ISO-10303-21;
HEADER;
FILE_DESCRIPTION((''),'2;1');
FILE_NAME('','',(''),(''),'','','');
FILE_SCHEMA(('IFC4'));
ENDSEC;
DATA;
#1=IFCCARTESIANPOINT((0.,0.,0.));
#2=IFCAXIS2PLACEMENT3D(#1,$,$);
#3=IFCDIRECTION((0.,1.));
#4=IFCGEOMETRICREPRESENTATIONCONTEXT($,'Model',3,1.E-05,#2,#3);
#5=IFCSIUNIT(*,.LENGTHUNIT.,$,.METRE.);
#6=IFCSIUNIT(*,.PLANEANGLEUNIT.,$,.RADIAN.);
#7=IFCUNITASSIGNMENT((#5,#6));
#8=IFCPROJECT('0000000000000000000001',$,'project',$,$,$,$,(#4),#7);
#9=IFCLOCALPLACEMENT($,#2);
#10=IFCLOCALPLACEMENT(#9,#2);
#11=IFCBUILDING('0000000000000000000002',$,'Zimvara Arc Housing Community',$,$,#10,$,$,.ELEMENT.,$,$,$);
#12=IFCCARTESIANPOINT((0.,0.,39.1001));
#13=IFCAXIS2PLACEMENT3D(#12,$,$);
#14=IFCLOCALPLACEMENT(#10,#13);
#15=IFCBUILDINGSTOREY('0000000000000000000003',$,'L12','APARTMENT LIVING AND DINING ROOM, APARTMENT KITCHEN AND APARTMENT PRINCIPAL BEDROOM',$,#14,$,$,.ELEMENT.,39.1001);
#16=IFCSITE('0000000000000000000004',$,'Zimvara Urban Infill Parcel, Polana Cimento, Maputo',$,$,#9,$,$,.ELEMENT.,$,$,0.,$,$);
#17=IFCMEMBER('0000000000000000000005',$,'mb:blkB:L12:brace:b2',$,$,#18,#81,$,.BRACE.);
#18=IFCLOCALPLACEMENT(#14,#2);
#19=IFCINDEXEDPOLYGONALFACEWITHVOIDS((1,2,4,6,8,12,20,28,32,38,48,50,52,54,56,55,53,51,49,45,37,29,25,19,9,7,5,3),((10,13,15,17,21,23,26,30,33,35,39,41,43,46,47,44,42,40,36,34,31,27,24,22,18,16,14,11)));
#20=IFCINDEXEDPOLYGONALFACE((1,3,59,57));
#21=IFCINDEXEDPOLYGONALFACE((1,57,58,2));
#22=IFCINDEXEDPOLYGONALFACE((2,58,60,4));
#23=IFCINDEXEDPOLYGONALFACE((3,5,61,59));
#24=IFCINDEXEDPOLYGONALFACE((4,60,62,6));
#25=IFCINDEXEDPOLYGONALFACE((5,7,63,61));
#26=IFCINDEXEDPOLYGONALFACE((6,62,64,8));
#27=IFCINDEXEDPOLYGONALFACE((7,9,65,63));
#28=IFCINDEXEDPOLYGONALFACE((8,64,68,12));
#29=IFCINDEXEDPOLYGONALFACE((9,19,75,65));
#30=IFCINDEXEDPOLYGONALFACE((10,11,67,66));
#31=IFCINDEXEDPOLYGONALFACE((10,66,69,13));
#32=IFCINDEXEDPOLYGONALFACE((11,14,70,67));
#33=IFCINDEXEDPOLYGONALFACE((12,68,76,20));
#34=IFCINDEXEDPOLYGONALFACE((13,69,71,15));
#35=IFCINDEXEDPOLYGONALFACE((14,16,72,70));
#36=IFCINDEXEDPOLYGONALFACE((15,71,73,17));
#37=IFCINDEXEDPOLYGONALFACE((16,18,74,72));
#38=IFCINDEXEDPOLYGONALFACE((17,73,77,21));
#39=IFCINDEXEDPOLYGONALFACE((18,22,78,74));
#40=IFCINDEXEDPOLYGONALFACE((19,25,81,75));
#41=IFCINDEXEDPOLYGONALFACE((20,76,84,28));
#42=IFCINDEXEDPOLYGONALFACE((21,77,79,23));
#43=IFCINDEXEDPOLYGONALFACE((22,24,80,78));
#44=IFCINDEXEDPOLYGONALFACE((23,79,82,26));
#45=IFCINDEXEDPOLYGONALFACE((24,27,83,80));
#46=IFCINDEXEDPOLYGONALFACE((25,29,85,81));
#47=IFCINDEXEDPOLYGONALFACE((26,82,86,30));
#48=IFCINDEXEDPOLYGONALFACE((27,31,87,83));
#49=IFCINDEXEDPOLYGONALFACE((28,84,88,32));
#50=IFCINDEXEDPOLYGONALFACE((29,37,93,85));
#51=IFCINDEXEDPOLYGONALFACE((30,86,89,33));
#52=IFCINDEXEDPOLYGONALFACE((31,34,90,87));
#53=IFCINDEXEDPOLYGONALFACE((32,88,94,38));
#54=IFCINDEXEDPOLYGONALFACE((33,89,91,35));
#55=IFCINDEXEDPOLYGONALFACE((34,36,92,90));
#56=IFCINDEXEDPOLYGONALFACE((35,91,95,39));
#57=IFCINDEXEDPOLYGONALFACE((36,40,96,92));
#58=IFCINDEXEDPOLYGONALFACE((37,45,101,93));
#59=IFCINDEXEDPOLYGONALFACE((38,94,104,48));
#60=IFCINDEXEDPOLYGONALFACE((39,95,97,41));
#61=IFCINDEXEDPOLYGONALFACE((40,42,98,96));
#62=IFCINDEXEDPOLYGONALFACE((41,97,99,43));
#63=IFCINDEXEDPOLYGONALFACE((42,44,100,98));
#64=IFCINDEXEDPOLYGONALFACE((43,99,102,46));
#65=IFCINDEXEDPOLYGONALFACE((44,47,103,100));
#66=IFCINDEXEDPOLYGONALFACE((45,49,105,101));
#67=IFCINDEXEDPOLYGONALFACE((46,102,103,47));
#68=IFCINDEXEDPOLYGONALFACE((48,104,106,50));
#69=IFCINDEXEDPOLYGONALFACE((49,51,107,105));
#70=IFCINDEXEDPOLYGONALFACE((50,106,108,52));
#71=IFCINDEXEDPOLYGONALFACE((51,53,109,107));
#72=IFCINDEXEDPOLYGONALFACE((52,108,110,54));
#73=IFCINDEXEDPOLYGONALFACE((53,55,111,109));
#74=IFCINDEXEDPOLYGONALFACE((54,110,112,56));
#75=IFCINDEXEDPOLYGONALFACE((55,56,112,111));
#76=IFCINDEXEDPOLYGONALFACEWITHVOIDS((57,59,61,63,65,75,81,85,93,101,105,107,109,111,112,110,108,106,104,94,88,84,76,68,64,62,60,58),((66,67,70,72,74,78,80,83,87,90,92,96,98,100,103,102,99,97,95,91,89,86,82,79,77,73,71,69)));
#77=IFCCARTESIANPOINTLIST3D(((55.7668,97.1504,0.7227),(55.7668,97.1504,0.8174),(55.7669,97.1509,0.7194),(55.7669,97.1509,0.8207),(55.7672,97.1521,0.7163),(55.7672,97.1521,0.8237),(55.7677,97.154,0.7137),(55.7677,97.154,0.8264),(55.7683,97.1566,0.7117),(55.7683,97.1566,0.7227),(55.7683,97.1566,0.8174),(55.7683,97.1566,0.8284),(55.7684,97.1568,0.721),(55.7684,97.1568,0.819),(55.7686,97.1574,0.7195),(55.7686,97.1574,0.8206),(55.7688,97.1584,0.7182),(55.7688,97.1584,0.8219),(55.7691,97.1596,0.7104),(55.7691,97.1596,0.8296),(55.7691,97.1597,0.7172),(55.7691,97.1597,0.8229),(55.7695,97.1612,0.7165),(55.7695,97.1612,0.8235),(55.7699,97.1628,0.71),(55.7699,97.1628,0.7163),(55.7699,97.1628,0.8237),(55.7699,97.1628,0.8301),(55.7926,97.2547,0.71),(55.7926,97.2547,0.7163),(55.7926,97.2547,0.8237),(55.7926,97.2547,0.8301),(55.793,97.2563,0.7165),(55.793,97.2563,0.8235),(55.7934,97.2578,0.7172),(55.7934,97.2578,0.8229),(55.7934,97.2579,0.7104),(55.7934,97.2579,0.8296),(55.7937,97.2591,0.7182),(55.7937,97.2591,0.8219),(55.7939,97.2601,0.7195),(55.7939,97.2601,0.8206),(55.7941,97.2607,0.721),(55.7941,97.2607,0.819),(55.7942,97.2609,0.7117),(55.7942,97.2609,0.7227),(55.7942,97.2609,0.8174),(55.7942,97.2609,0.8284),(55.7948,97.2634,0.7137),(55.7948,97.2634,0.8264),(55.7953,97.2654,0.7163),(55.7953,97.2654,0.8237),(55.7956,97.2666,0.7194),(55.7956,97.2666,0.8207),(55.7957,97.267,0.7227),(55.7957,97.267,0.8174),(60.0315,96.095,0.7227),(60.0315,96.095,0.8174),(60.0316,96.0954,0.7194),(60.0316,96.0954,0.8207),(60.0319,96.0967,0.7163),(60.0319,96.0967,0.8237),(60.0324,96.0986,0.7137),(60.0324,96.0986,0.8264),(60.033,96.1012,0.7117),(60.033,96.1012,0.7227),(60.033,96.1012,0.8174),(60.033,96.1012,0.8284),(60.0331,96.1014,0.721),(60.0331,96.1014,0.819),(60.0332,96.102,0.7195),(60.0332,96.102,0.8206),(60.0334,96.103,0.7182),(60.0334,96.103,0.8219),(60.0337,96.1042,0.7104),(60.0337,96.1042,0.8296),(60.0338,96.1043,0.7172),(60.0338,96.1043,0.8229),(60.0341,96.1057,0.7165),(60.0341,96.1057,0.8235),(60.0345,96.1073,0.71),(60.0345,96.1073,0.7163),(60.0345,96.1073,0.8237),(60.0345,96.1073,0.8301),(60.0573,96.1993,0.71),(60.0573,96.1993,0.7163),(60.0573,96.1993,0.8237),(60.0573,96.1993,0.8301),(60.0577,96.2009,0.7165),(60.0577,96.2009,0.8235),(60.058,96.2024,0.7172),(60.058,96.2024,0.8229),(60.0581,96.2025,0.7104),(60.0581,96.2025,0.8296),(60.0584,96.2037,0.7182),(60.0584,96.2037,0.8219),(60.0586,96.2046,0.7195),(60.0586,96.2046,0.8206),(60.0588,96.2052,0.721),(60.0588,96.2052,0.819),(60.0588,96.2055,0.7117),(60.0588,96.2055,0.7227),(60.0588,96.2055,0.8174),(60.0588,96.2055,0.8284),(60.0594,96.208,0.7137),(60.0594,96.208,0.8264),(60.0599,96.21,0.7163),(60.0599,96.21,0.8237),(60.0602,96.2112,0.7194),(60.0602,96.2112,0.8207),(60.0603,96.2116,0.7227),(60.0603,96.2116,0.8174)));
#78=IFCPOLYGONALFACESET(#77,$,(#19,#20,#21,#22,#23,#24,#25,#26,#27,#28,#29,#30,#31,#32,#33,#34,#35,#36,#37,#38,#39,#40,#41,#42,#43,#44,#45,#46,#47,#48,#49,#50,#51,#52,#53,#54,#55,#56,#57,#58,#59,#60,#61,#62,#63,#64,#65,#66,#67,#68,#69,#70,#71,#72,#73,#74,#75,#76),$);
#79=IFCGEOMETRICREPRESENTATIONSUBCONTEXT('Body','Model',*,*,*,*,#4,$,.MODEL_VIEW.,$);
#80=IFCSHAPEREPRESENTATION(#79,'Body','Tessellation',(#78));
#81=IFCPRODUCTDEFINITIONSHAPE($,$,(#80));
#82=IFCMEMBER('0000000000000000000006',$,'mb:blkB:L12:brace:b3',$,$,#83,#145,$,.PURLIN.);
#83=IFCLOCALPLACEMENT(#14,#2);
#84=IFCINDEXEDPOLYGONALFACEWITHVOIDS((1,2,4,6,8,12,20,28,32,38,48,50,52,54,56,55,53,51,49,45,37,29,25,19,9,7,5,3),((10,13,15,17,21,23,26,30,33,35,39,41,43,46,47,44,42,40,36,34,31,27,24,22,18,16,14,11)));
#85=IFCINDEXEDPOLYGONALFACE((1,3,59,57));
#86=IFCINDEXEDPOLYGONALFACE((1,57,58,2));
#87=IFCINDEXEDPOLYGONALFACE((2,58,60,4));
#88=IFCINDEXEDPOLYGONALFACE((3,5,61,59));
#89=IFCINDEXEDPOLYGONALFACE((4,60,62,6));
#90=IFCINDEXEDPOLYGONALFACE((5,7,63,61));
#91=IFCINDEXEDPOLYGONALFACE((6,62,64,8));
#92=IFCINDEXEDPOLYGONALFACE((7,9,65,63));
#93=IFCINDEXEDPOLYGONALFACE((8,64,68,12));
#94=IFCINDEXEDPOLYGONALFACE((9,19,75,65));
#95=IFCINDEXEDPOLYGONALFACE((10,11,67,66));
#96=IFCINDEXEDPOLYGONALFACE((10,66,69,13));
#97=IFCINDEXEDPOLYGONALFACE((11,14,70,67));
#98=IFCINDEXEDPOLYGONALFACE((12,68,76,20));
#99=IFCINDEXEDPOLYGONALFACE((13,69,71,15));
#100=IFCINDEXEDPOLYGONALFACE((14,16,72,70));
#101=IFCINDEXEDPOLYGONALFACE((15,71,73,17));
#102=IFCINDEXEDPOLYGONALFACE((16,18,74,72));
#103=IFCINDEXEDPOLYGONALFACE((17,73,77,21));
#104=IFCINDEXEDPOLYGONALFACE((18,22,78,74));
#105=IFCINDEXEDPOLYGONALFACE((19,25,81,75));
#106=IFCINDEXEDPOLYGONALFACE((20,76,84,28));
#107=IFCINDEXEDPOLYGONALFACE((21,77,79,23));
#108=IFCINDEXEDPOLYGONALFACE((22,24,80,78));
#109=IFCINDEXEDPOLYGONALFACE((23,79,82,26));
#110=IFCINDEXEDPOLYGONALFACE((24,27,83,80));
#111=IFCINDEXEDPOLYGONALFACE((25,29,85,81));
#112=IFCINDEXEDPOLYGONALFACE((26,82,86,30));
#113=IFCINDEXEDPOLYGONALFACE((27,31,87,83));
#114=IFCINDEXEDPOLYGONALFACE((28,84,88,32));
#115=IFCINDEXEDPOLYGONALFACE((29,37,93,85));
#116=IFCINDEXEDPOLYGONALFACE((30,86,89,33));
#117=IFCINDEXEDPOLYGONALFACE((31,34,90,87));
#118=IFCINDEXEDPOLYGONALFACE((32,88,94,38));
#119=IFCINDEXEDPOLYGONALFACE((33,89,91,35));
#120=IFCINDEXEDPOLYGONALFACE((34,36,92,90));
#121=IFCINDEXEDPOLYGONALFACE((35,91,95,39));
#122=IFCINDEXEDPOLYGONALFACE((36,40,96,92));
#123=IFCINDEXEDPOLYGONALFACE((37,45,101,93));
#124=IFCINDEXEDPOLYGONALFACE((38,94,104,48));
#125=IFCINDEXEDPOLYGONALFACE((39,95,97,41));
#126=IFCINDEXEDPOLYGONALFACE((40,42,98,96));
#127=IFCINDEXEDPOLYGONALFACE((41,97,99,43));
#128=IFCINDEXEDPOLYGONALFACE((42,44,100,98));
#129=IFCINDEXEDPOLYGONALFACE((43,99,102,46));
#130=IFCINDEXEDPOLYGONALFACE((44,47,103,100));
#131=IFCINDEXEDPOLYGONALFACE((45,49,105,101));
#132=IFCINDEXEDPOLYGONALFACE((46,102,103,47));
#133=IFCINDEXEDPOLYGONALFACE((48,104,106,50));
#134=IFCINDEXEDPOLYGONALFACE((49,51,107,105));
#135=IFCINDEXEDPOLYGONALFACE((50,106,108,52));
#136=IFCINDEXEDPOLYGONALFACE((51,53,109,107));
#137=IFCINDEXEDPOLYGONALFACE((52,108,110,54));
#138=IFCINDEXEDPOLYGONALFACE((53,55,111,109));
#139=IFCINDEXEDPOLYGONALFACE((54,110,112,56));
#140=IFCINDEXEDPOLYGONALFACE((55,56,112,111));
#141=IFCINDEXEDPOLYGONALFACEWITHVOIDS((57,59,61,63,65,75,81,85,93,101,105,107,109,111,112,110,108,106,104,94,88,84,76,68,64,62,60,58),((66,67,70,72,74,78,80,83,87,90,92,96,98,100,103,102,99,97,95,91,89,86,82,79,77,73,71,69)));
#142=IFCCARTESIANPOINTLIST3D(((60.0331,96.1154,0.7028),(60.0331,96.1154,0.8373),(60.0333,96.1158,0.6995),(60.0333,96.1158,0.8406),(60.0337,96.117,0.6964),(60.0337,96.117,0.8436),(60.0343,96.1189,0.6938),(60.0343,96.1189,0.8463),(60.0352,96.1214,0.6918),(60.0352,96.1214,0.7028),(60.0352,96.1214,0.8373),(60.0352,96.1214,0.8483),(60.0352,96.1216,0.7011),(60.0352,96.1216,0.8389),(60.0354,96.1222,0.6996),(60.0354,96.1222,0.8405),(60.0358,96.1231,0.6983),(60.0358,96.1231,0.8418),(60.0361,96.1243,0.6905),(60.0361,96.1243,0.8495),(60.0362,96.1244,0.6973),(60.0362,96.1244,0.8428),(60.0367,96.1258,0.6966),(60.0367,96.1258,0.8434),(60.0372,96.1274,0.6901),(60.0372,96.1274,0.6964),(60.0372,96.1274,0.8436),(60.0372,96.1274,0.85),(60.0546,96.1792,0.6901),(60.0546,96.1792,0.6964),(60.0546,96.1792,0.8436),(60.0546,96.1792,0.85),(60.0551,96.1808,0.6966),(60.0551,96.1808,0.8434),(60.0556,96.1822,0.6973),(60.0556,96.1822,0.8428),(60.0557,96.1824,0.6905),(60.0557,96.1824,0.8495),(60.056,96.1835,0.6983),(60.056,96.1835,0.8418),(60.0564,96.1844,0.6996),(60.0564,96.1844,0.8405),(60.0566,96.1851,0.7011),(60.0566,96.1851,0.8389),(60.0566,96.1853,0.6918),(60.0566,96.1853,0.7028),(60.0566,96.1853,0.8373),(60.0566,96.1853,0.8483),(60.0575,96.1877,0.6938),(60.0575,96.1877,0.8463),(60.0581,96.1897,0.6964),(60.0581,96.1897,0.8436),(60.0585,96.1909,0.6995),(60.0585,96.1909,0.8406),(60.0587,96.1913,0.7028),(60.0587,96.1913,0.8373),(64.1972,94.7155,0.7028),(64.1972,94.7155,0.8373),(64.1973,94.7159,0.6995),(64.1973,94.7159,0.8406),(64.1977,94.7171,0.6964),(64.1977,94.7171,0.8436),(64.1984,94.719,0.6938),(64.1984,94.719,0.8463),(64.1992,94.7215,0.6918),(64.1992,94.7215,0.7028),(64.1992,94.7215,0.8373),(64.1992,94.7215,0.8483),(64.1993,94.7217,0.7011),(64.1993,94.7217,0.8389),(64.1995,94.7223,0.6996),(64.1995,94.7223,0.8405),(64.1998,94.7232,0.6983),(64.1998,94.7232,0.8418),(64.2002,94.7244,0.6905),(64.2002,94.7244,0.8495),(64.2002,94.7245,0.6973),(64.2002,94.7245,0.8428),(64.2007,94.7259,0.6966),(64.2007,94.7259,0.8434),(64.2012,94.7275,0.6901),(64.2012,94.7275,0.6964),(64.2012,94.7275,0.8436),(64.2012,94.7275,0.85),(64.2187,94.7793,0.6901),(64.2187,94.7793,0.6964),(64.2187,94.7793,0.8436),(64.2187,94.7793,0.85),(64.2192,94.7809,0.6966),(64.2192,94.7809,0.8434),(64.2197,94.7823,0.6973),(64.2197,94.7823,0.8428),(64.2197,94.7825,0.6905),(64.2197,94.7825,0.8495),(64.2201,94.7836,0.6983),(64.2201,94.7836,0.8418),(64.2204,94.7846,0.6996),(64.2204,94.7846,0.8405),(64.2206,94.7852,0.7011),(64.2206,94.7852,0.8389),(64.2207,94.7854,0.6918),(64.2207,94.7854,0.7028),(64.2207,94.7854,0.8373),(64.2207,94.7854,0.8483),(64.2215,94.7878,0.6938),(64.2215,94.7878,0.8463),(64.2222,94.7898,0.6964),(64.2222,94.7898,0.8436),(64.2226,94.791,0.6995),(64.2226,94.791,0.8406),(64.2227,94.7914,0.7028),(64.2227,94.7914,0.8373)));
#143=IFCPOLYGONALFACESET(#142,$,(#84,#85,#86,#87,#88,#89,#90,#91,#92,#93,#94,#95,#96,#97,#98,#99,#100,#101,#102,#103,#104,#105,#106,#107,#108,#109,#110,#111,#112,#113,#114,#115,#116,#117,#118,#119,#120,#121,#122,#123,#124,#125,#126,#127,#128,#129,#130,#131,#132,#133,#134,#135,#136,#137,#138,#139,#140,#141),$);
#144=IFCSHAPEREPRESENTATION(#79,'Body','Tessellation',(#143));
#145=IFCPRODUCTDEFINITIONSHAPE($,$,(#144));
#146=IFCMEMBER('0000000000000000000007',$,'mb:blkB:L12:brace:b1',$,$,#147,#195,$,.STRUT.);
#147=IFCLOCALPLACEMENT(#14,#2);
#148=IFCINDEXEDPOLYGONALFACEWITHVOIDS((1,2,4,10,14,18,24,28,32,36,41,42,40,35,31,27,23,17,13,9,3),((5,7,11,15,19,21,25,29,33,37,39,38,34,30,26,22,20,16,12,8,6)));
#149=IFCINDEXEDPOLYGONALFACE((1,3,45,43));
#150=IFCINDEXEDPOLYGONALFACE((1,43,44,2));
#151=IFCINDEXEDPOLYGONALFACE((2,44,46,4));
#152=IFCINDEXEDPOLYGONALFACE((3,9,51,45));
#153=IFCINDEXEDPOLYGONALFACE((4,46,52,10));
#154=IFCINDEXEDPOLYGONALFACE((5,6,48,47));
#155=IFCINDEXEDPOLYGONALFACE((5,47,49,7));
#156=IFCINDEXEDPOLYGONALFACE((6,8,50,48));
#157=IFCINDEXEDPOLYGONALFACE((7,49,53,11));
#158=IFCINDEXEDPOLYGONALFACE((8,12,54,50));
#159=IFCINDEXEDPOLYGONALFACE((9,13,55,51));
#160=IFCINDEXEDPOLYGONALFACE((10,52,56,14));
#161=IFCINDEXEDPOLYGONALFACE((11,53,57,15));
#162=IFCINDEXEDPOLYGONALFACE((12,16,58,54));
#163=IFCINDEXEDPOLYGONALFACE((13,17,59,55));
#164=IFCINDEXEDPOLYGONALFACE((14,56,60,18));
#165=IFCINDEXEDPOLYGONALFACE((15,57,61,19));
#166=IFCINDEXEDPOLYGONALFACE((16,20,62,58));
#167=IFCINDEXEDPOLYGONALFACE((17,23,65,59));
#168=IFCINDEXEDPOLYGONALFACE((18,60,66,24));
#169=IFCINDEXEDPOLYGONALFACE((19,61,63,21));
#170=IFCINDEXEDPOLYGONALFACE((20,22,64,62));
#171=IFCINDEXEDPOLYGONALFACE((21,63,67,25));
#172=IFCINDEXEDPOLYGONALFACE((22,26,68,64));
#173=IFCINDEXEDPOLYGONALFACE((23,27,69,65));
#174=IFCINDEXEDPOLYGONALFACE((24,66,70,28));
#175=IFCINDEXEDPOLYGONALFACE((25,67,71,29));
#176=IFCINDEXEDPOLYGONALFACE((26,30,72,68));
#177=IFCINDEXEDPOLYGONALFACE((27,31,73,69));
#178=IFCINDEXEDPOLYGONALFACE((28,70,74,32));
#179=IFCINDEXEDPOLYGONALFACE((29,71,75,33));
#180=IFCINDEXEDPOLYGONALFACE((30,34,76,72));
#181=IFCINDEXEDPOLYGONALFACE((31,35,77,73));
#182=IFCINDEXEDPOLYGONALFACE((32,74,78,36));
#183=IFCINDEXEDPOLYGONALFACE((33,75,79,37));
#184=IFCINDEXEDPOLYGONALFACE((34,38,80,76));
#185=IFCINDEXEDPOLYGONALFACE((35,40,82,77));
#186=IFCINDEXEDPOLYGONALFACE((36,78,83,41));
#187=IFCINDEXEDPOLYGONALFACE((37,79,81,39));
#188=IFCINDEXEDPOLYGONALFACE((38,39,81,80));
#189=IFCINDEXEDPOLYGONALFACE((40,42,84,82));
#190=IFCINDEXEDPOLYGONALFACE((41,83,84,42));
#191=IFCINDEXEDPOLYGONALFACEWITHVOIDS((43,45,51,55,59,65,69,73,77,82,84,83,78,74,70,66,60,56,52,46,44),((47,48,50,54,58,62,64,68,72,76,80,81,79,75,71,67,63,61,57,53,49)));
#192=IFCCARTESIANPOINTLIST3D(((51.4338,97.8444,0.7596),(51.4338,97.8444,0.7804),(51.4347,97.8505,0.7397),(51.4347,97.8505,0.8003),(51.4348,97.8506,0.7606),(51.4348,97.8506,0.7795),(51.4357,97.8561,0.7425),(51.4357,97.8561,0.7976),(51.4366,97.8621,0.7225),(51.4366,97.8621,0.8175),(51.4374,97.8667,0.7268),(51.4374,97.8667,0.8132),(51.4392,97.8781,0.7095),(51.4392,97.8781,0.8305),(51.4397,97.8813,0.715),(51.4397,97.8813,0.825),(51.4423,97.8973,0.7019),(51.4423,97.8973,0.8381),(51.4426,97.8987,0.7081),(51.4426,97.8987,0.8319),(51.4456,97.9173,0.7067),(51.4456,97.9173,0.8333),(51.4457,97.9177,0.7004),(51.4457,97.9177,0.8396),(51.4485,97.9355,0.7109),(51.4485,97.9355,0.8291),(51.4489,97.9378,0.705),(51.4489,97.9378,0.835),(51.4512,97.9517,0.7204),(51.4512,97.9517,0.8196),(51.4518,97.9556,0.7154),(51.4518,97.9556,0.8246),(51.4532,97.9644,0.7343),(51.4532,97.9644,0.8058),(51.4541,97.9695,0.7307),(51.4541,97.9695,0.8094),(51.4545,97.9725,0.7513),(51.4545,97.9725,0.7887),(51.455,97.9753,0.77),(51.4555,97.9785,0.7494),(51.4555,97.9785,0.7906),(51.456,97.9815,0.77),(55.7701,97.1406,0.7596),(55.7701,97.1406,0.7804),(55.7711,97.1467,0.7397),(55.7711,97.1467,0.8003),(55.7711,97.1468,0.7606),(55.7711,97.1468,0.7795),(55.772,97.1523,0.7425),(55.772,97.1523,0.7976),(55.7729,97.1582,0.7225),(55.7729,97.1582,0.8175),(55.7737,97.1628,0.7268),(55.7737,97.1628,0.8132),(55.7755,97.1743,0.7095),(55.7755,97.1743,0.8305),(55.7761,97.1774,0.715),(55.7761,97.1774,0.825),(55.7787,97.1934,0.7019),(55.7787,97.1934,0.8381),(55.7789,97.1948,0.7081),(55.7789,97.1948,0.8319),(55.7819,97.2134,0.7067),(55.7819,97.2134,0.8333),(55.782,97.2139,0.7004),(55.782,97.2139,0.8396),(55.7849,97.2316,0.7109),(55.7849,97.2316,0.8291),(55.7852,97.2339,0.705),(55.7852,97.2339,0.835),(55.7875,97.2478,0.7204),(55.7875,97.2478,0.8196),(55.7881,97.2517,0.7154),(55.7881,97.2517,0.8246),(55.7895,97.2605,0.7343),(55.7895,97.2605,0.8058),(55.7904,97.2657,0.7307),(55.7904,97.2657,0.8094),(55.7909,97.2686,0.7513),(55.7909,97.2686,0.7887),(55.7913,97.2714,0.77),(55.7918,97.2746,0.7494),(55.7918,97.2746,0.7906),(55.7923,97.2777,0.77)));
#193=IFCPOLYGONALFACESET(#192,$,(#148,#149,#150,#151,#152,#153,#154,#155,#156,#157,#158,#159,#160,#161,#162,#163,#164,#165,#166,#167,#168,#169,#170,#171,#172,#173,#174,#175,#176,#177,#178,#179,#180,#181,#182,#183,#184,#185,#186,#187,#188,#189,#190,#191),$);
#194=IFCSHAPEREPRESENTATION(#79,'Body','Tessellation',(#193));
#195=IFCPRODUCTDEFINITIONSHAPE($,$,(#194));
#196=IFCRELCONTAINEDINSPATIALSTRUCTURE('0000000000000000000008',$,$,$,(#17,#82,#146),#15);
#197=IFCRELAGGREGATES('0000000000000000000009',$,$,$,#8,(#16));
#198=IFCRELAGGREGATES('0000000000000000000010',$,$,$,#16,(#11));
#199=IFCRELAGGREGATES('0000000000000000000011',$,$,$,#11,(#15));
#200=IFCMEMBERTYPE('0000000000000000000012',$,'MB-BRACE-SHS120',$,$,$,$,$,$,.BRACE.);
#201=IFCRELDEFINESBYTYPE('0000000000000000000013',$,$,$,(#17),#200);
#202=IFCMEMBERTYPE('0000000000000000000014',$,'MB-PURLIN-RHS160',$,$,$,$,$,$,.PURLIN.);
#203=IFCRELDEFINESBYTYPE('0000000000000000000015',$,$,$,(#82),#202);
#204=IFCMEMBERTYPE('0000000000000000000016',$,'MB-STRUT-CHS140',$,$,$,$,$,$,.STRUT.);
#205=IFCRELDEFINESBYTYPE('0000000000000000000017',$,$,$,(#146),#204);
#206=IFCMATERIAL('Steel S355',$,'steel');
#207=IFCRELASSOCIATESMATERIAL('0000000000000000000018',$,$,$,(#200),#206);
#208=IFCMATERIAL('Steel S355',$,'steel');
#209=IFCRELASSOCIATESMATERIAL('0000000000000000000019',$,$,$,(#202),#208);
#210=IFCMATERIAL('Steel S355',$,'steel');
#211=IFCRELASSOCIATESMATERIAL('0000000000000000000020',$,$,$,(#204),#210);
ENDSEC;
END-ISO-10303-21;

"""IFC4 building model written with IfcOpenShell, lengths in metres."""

from ifc_helpers import new_model, si_unit, direction, frame, origin, origin_2d, place, context, subcontext, project, spatial, hollow_rectangle, hollow_circle, extrude, material, material_profile, profile_set, type_object, element, save


model = new_model("IFC4")

# Units and contexts
model_context = context("Model", 3, precision=1e-05, world=origin(), true_north=direction((0.0, 1.0)))
body_context = subcontext(model_context, "Body", "Model", "MODEL_VIEW")
ifc_project = project(units=[si_unit("LENGTHUNIT", "METRE"), si_unit("PLANEANGLEUNIT", "RADIAN")], contexts=[model_context])

# Site, building, storey
site_placement = place(None, origin())
site = spatial("IfcSite", under=ifc_project, at=site_placement, Name="Zimvara Urban Infill Parcel, Polana Cimento, Maputo", CompositionType="ELEMENT", RefElevation=0.0)
building_placement = place(site_placement, origin())
building = spatial("IfcBuilding", under=site, at=building_placement, Name="Zimvara Arc Housing Community", CompositionType="ELEMENT")
storey_placement = place(building_placement, frame((0.0, 0.0, 39.1001)))
storey = spatial("IfcBuildingStorey", under=building, at=storey_placement, Name="L12", Description="APARTMENT LIVING AND DINING ROOM, APARTMENT KITCHEN AND APARTMENT PRINCIPAL BEDROOM", CompositionType="ELEMENT", Elevation=39.1001)

# Members
ifc_material_1 = material(Name="Steel S355", Category="steel")
ifc_material_profile_1 = material_profile(ifc_material_1, hollow_rectangle(XDim=0.1201, YDim=0.1201, WallThickness=0.0063, InnerFilletRadius=0.0063, OuterFilletRadius=0.0127, at=origin_2d()), Name="SHS 120x120x6.3")
ifc_profile_set_1 = profile_set([ifc_material_profile_1], Name="Steel S355")
member_type_1 = type_object("IfcMemberType", Name="MB-BRACE-SHS120", PredefinedType="BRACE", material=ifc_profile_set_1)
member_1_placement = place(storey_placement, frame((55.7812, 97.2087, 0.77), z_axis=(0.970715, -0.240234, 0.0), x_axis=(0.240234, 0.970715, 0.0)))
element("IfcMember", 1, at=member_1_placement, inside=storey, type_object=member_type_1, Name="mb:blkB:L12:brace:b2", PredefinedType="BRACE", context=body_context, shape_type="SweptSolid", body=[
    extrude(hollow_rectangle(XDim=0.1201, YDim=0.1201, WallThickness=0.0063, InnerFilletRadius=0.0063, OuterFilletRadius=0.0127, at=origin_2d()), origin(), (0.0, 0.0, 1.0), 4.3933),
])
ifc_material_2 = material(Name="Steel S355", Category="steel")
ifc_material_profile_2 = material_profile(ifc_material_2, hollow_rectangle(XDim=0.0801, YDim=0.1599, WallThickness=0.0063, InnerFilletRadius=0.0063, OuterFilletRadius=0.0127, at=origin_2d()), Name="RHS 160x80x6.3")
ifc_profile_set_2 = profile_set([ifc_material_profile_2], Name="Steel S355")
member_type_2 = type_object("IfcMemberType", Name="MB-PURLIN-RHS160", PredefinedType="PURLIN", material=ifc_profile_set_2)
member_2_placement = place(storey_placement, frame((60.0459, 96.1533, 0.77), z_axis=(0.947869, -0.318661, 0.0), x_axis=(0.318661, 0.947869, 0.0)))
element("IfcMember", 2, at=member_2_placement, inside=storey, type_object=member_type_2, Name="mb:blkB:L12:brace:b3", PredefinedType="PURLIN", context=body_context, shape_type="SweptSolid", body=[
    extrude(hollow_rectangle(XDim=0.0801, YDim=0.1599, WallThickness=0.0063, InnerFilletRadius=0.0063, OuterFilletRadius=0.0127, at=origin_2d()), origin(), (0.0, 0.0, 1.0), 4.3931),
])
ifc_material_3 = material(Name="Steel S355", Category="steel")
ifc_material_profile_3 = material_profile(ifc_material_3, hollow_circle(Radius=0.0698, WallThickness=0.0063, at=origin_2d()), Name="CHS 139.7x6.3")
ifc_profile_set_3 = profile_set([ifc_material_profile_3], Name="Steel S355")
member_type_3 = type_object("IfcMemberType", Name="MB-STRUT-CHS140", PredefinedType="STRUT", material=ifc_profile_set_3)
member_3_placement = place(storey_placement, frame((51.4448, 97.9126, 0.77), z_axis=(0.987082, -0.160216, 0.0), x_axis=(0.160216, 0.987082, 0.0)))
element("IfcMember", 3, at=member_3_placement, inside=storey, type_object=member_type_3, Name="mb:blkB:L12:brace:b1", PredefinedType="STRUT", context=body_context, shape_type="SweptSolid", body=[
    extrude(hollow_circle(Radius=0.0698, WallThickness=0.0063, at=origin_2d()), origin(), (0.0, 0.0, 1.0), 4.3931),
])

save(model, "model.ifc")
